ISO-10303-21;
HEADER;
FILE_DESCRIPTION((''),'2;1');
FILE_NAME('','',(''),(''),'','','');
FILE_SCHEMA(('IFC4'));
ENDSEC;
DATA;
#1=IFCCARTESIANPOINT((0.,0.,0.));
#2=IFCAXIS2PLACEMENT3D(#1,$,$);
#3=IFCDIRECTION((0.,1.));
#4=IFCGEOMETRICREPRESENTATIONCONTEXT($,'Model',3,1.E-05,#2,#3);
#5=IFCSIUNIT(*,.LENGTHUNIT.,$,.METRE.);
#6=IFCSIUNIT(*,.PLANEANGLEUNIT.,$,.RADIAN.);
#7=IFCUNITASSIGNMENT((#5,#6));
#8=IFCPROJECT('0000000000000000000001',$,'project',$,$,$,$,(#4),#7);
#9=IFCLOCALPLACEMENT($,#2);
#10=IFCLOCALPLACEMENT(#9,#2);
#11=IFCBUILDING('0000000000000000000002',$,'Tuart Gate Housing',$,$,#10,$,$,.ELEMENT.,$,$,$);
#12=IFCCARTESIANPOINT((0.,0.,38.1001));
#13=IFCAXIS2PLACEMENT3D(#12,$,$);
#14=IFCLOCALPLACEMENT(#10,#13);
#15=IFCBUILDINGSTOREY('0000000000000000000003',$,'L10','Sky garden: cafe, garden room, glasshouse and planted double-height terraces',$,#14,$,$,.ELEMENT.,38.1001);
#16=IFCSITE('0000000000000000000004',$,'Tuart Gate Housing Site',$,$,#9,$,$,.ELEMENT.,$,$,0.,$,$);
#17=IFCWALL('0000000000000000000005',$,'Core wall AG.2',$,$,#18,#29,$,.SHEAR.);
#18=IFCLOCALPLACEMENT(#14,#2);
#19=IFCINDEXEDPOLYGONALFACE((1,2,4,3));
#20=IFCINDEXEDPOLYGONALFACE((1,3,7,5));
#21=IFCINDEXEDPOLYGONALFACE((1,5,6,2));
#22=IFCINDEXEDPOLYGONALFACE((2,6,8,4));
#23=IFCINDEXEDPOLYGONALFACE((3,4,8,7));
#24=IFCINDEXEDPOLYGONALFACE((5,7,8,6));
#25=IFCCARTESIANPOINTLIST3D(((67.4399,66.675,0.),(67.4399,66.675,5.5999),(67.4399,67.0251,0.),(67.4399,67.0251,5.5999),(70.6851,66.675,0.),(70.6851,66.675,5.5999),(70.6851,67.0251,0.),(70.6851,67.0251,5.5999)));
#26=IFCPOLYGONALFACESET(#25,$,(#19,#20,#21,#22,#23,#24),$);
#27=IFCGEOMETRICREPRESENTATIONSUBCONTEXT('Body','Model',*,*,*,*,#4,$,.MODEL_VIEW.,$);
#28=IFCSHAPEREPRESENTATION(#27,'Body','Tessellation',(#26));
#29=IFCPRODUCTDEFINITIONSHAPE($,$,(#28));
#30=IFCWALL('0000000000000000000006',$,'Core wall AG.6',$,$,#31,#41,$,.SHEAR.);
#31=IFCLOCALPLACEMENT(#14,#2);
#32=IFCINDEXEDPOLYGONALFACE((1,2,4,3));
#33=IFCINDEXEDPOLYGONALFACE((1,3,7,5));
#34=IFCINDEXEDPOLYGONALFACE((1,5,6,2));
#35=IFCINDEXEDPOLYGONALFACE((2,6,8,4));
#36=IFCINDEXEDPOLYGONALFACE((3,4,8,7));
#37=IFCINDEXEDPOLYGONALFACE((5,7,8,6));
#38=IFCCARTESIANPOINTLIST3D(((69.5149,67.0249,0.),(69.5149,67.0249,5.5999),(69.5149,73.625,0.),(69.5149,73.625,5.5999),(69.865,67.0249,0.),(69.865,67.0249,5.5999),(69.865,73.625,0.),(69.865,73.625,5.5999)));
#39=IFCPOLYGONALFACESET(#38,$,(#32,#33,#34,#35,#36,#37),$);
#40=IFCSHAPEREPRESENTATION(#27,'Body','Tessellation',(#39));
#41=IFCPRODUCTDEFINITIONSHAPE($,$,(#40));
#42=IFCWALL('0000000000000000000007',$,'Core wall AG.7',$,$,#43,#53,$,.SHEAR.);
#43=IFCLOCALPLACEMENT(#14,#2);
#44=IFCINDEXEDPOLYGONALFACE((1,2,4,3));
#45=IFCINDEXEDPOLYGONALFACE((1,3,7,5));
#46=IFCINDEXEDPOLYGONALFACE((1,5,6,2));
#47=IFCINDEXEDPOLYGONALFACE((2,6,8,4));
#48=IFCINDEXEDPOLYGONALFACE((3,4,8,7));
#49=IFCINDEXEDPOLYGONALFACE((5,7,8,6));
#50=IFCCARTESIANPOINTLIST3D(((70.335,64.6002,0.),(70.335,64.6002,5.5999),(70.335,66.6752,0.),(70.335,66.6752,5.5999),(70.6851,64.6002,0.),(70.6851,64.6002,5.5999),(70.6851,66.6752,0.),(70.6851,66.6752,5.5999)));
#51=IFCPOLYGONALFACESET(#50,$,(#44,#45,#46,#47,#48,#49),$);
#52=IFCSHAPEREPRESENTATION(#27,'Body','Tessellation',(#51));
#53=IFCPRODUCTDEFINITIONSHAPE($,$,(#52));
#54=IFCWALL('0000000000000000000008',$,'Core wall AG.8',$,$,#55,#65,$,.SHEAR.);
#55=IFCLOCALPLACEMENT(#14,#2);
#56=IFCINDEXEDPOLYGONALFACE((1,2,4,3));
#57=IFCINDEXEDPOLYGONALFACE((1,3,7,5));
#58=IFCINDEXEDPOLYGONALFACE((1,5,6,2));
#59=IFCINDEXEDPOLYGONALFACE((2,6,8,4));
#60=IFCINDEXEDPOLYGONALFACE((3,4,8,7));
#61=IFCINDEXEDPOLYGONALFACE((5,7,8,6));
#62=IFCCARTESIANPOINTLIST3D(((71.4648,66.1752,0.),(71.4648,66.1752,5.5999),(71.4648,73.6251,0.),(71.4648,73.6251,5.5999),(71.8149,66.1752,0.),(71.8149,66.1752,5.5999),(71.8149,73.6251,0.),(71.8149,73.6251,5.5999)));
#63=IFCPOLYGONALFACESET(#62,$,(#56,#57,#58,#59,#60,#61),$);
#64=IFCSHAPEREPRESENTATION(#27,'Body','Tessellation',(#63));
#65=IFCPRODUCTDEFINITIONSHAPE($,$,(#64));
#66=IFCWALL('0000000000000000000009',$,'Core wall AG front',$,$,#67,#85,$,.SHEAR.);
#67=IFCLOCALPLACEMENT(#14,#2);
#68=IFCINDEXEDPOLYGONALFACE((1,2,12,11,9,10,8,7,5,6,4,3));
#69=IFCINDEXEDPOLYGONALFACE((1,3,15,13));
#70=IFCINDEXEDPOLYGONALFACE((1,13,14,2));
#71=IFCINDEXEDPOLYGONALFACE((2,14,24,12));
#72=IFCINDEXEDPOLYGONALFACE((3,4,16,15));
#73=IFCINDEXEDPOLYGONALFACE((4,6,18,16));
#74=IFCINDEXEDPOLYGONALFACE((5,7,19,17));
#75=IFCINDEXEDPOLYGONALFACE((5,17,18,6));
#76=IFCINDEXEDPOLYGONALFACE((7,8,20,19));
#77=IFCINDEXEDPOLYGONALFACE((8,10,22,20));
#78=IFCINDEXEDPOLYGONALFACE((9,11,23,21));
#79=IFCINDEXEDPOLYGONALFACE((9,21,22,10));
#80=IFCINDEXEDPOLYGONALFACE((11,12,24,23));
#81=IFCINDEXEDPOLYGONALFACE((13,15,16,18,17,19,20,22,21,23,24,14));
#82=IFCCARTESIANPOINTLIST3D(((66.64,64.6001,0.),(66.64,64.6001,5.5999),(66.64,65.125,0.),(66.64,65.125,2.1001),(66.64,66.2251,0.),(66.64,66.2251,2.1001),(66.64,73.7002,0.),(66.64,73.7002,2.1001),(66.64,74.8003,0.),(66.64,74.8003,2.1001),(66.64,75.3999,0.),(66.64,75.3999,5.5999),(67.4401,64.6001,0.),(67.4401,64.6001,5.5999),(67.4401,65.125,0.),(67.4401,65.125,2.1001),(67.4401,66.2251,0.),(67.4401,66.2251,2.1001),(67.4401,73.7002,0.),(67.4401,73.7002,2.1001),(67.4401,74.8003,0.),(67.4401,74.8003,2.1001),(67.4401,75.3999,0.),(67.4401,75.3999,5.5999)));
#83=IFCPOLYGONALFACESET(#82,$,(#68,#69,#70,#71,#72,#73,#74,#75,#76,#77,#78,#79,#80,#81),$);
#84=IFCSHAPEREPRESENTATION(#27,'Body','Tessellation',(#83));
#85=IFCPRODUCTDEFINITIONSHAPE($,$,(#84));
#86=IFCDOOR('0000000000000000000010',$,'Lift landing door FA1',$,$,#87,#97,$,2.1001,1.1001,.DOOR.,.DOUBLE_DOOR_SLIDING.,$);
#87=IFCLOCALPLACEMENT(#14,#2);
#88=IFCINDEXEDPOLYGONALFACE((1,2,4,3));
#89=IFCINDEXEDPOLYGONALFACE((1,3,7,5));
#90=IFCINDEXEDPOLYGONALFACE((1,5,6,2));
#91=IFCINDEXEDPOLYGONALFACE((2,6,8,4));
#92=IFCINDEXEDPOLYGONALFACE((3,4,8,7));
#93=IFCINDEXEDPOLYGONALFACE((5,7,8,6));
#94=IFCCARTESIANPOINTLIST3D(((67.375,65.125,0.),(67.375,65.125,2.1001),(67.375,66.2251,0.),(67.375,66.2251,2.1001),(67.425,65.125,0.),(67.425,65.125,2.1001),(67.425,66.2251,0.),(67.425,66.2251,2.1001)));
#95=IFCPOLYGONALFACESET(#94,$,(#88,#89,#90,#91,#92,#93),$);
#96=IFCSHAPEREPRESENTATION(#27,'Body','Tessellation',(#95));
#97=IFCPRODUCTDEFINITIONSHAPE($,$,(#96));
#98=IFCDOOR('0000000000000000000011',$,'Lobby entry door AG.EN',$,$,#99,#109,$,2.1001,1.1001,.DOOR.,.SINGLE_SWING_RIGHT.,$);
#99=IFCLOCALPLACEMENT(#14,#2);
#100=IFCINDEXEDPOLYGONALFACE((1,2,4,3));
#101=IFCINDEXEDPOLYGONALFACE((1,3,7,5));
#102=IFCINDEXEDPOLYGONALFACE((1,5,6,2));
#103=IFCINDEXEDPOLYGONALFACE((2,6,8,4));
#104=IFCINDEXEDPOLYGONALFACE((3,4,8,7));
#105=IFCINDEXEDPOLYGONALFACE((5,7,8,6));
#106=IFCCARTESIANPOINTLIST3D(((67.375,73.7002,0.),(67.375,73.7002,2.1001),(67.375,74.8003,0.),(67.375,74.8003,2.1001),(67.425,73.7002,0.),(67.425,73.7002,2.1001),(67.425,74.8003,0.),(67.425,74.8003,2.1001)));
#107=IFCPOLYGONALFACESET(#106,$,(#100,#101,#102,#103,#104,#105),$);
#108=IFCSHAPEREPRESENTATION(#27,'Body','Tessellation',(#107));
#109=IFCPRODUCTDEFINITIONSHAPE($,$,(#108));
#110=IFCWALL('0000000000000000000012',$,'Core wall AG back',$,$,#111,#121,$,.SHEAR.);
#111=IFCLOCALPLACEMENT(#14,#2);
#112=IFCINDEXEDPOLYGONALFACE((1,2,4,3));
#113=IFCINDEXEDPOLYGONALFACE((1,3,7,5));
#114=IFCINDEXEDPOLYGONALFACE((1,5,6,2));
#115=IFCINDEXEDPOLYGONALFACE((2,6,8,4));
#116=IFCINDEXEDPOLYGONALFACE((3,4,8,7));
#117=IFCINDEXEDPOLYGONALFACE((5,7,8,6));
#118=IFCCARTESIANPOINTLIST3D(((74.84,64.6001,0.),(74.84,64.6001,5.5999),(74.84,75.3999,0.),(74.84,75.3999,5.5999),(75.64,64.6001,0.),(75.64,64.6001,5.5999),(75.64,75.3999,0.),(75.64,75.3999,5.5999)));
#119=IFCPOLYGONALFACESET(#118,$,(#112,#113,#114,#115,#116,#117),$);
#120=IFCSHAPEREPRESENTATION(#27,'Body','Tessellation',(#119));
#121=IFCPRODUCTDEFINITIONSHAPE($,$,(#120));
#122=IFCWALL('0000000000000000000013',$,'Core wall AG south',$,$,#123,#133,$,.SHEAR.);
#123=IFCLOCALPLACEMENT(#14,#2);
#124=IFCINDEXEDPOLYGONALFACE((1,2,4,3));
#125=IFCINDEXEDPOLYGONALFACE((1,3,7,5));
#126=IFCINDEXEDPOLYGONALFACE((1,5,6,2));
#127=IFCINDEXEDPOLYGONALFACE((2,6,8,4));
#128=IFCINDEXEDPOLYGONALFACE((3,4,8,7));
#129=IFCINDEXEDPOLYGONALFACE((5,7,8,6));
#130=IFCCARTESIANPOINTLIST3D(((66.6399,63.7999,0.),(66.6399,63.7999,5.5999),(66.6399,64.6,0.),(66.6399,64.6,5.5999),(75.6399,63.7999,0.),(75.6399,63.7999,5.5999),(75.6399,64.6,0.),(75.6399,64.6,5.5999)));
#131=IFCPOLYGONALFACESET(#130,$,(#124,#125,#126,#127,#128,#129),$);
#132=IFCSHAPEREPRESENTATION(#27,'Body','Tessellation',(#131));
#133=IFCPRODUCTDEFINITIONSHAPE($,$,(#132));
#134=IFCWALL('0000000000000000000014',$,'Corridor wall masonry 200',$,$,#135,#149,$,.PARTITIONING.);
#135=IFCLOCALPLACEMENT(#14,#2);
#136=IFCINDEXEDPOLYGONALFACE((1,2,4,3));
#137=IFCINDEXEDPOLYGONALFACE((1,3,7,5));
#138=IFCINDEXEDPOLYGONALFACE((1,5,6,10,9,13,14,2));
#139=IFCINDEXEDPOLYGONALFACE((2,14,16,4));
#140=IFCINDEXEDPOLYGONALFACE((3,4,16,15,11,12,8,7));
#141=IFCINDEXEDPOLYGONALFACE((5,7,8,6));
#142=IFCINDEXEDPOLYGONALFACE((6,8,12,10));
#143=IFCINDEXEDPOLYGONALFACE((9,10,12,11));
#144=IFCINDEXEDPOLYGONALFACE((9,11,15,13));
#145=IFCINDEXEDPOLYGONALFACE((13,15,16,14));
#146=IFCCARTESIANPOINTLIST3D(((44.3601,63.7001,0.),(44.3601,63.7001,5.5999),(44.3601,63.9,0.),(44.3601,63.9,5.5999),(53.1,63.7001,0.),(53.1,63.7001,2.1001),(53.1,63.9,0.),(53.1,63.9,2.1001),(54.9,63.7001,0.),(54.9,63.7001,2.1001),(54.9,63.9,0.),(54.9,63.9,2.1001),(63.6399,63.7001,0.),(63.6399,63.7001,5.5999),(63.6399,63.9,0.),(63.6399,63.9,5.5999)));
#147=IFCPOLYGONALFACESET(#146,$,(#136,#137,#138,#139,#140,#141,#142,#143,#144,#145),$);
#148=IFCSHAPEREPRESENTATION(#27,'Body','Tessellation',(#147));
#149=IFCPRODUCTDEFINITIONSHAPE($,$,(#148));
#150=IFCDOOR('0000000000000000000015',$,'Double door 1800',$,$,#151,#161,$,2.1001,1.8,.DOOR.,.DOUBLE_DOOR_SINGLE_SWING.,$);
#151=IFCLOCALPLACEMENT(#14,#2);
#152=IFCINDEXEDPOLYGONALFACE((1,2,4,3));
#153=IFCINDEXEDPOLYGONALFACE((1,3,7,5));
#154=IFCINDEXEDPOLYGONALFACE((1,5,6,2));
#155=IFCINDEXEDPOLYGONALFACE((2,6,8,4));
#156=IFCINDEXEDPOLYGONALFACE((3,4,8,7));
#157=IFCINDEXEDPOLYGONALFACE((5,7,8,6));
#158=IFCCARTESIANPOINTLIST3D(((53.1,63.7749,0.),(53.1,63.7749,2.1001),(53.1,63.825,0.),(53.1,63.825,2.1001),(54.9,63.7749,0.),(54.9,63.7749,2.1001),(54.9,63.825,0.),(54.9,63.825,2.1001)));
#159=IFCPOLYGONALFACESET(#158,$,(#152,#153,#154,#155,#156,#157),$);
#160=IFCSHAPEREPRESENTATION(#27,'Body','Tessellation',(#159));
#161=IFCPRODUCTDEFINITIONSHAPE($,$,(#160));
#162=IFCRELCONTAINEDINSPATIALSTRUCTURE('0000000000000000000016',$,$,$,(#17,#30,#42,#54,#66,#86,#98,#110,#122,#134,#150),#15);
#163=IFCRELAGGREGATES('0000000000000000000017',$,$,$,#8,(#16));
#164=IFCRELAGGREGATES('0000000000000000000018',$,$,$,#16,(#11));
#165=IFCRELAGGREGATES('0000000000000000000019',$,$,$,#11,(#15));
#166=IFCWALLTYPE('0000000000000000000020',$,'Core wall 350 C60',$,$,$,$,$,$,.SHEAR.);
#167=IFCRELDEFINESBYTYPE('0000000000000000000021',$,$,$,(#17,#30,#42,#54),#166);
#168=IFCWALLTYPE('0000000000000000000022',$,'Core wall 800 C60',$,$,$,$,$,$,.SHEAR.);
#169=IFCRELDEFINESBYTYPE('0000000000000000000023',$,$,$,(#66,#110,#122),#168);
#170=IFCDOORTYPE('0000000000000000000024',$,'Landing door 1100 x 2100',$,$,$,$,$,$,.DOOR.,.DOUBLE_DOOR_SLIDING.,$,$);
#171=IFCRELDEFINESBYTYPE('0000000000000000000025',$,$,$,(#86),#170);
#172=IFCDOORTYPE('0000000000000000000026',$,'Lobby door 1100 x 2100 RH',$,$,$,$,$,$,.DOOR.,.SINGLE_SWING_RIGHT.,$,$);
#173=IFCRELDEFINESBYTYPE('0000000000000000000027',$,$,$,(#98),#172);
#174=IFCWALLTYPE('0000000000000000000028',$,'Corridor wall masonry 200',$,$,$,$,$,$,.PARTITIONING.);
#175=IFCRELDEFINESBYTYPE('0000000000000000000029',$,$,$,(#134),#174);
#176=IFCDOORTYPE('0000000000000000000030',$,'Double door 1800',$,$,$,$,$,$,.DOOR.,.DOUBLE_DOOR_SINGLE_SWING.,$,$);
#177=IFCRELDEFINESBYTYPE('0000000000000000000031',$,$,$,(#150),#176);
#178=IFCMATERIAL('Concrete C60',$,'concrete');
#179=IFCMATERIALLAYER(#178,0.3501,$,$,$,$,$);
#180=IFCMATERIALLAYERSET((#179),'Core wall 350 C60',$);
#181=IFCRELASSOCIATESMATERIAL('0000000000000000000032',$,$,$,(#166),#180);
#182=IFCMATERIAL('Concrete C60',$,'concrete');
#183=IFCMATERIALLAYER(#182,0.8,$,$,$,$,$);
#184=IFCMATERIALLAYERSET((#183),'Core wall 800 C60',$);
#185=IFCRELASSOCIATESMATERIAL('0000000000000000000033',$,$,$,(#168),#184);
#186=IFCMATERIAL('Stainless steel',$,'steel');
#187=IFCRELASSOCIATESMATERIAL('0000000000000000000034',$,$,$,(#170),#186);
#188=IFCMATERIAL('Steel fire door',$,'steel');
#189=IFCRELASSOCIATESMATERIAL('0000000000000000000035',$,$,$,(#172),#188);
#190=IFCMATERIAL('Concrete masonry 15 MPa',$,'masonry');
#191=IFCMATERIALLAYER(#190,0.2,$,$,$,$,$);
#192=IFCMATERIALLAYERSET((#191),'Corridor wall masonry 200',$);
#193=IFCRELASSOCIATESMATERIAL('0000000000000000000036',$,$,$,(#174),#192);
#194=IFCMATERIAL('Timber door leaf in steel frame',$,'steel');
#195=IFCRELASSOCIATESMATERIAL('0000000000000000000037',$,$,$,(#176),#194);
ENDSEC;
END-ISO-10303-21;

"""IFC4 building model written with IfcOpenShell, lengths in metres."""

from ifc_helpers import new_model, si_unit, direction, frame, frame_2d, origin, place, context, subcontext, project, spatial, rectangle, extrude, material, layer, layer_set, type_object, element, fill, save


model = new_model("IFC4")

# Units and contexts
model_context = context("Model", 3, precision=1e-05, world=origin(), true_north=direction((0.0, 1.0)))
body_context = subcontext(model_context, "Body", "Model", "MODEL_VIEW")
ifc_project = project(units=[si_unit("LENGTHUNIT", "METRE"), si_unit("PLANEANGLEUNIT", "RADIAN")], contexts=[model_context])

# Site, building, storey
site_placement = place(None, origin())
site = spatial("IfcSite", under=ifc_project, at=site_placement, Name="Tuart Gate Housing Site", CompositionType="ELEMENT", RefElevation=0.0)
building_placement = place(site_placement, origin())
building = spatial("IfcBuilding", under=site, at=building_placement, Name="Tuart Gate Housing", CompositionType="ELEMENT")
storey_placement = place(building_placement, frame((0.0, 0.0, 38.1001)))
storey = spatial("IfcBuildingStorey", under=building, at=storey_placement, Name="L10", Description="Sky garden: cafe, garden room, glasshouse and planted double-height terraces", CompositionType="ELEMENT", Elevation=38.1001)

# Walls
ifc_material_1 = material(Name="Concrete C60", Category="concrete")
ifc_layer_1 = layer(ifc_material_1, 0.3501)
ifc_layer_set_1 = layer_set([ifc_layer_1], Name="Core wall 350 C60")
wall_type_1 = type_object("IfcWallType", Name="Core wall 350 C60", PredefinedType="SHEAR", material=ifc_layer_set_1)
wall_1_placement = place(storey_placement, frame((67.4399, 66.8501, 0.0), z_axis=(0.0, 0.0, 1.0), x_axis=(1.0, 0.0, 0.0)))
element("IfcWall", 1, at=wall_1_placement, inside=storey, type_object=wall_type_1, Name="Core wall AG.2", PredefinedType="SHEAR", context=body_context, shape_type="SweptSolid", body=[
    extrude(rectangle(XDim=3.2451, YDim=0.3501, at=frame_2d((1.6226, 0.0))), origin(), (0.0, 0.0, 1.0), 5.5999),
])
wall_2_placement = place(storey_placement, frame((69.6899, 67.0249, 0.0), z_axis=(0.0, 0.0, 1.0), x_axis=(0.0, 1.0, 0.0)))
element("IfcWall", 2, at=wall_2_placement, inside=storey, type_object=wall_type_1, Name="Core wall AG.6", PredefinedType="SHEAR", context=body_context, shape_type="SweptSolid", body=[
    extrude(rectangle(XDim=6.6001, YDim=0.3501, at=frame_2d((3.3, 0.0))), origin(), (0.0, 0.0, 1.0), 5.5999),
])
wall_3_placement = place(storey_placement, frame((70.51, 64.6001, 0.0), z_axis=(0.0, 0.0, 1.0), x_axis=(0.0, 1.0, 0.0)))
element("IfcWall", 3, at=wall_3_placement, inside=storey, type_object=wall_type_1, Name="Core wall AG.7", PredefinedType="SHEAR", context=body_context, shape_type="SweptSolid", body=[
    extrude(rectangle(XDim=2.075, YDim=0.3501, at=frame_2d((1.0376, 0.0))), origin(), (0.0, 0.0, 1.0), 5.5999),
])
wall_4_placement = place(storey_placement, frame((71.6399, 66.175, 0.0), z_axis=(0.0, 0.0, 1.0), x_axis=(0.0, 1.0, 0.0)))
element("IfcWall", 4, at=wall_4_placement, inside=storey, type_object=wall_type_1, Name="Core wall AG.8", PredefinedType="SHEAR", context=body_context, shape_type="SweptSolid", body=[
    extrude(rectangle(XDim=7.45, YDim=0.3501, at=frame_2d((3.7251, 0.0))), origin(), (0.0, 0.0, 1.0), 5.5999),
])

# Wall, openings, doors
ifc_material_2 = material(Name="Concrete C60", Category="concrete")
ifc_layer_2 = layer(ifc_material_2, 0.8)
ifc_layer_set_2 = layer_set([ifc_layer_2], Name="Core wall 800 C60")
wall_type_2 = type_object("IfcWallType", Name="Core wall 800 C60", PredefinedType="SHEAR", material=ifc_layer_set_2)
wall_5_placement = place(storey_placement, frame((67.04, 64.6001, 0.0), z_axis=(0.0, 0.0, 1.0), x_axis=(0.0, 1.0, 0.0)))
wall_5 = element("IfcWall", 5, at=wall_5_placement, inside=storey, type_object=wall_type_2, Name="Core wall AG front", PredefinedType="SHEAR", context=body_context, shape_type="SweptSolid", body=[
    extrude(rectangle(XDim=10.7998, YDim=0.8, at=frame_2d((5.3999, 0.0))), origin(), (0.0, 0.0, 1.0), 5.5999),
])
opening_1_placement = place(wall_5_placement, frame((0.5249, 0.0, 0.0)))
opening_1 = element("IfcOpeningElement", 6, at=opening_1_placement, cuts=wall_5, PredefinedType="OPENING", context=body_context, shape_type="SweptSolid", body=[
    extrude(rectangle(XDim=1.1001, YDim=2.1001, at=frame_2d((0.55, 1.05))), frame((0.0, 0.4099, 0.0), z_axis=(0.0, -1.0, 0.0), x_axis=(1.0, 0.0, 0.0)), (0.0, 0.0, 1.0), 0.8201),
])
opening_2_placement = place(wall_5_placement, frame((9.1001, 0.0, 0.0)))
opening_2 = element("IfcOpeningElement", 7, at=opening_2_placement, cuts=wall_5, PredefinedType="OPENING", context=body_context, shape_type="SweptSolid", body=[
    extrude(rectangle(XDim=1.1001, YDim=2.1001, at=frame_2d((0.55, 1.05))), frame((0.0, 0.4099, 0.0), z_axis=(0.0, -1.0, 0.0), x_axis=(1.0, 0.0, 0.0)), (0.0, 0.0, 1.0), 0.8201),
])
ifc_material_3 = material(Name="Stainless steel", Category="steel")
door_type_1 = type_object("IfcDoorType", Name="Landing door 1100 x 2100", OperationType="DOUBLE_DOOR_SLIDING", PredefinedType="DOOR", material=ifc_material_3)
door_1_placement = place(opening_1_placement, origin())
door_1 = element("IfcDoor", 8, at=door_1_placement, inside=storey, type_object=door_type_1, Name="Lift landing door FA1", OperationType="DOUBLE_DOOR_SLIDING", OverallHeight=2.1001, OverallWidth=1.1001, PredefinedType="DOOR", context=body_context, shape_type="SweptSolid", body=[
    extrude(rectangle(XDim=1.1001, YDim=2.1001, at=frame_2d((0.55, 1.05))), frame((0.0, -0.335, 0.0), z_axis=(0.0, -1.0, 0.0), x_axis=(1.0, 0.0, 0.0)), (0.0, 0.0, 1.0), 0.05),
])
fill(opening_1, door_1)
ifc_material_4 = material(Name="Steel fire door", Category="steel")
door_type_2 = type_object("IfcDoorType", Name="Lobby door 1100 x 2100 RH", OperationType="SINGLE_SWING_RIGHT", PredefinedType="DOOR", material=ifc_material_4)
door_2_placement = place(opening_2_placement, frame((1.1001, 0.0, 0.0), z_axis=(0.0, 0.0, 1.0), x_axis=(-1.0, 0.0, 0.0)))
door_2 = element("IfcDoor", 9, at=door_2_placement, inside=storey, type_object=door_type_2, Name="Lobby entry door AG.EN", OperationType="SINGLE_SWING_RIGHT", OverallHeight=2.1001, OverallWidth=1.1001, PredefinedType="DOOR", context=body_context, shape_type="SweptSolid", body=[
    extrude(rectangle(XDim=1.1001, YDim=2.1001, at=frame_2d((0.55, 1.05))), frame((0.0, 0.385, 0.0), z_axis=(0.0, -1.0, 0.0), x_axis=(1.0, 0.0, 0.0)), (0.0, 0.0, 1.0), 0.05),
])
fill(opening_2, door_2)

# Walls
wall_6_placement = place(storey_placement, frame((75.24, 64.6001, 0.0), z_axis=(0.0, 0.0, 1.0), x_axis=(0.0, 1.0, 0.0)))
element("IfcWall", 10, at=wall_6_placement, inside=storey, type_object=wall_type_2, Name="Core wall AG back", PredefinedType="SHEAR", context=body_context, shape_type="SweptSolid", body=[
    extrude(rectangle(XDim=10.7998, YDim=0.8, at=frame_2d((5.3999, 0.0))), origin(), (0.0, 0.0, 1.0), 5.5999),
])
wall_7_placement = place(storey_placement, frame((66.6399, 64.2, 0.0), z_axis=(0.0, 0.0, 1.0), x_axis=(1.0, 0.0, 0.0)))
element("IfcWall", 11, at=wall_7_placement, inside=storey, type_object=wall_type_2, Name="Core wall AG south", PredefinedType="SHEAR", context=body_context, shape_type="SweptSolid", body=[
    extrude(rectangle(XDim=9.0, YDim=0.8, at=frame_2d((4.5, 0.0))), origin(), (0.0, 0.0, 1.0), 5.5999),
])

# Wall, opening, door
ifc_material_5 = material(Name="Concrete masonry 15 MPa", Category="masonry")
ifc_layer_3 = layer(ifc_material_5, 0.2)
ifc_layer_set_3 = layer_set([ifc_layer_3], Name="Corridor wall masonry 200")
wall_type_3 = type_object("IfcWallType", Name="Corridor wall masonry 200", PredefinedType="PARTITIONING", material=ifc_layer_set_3)
wall_8_placement = place(storey_placement, frame((44.3601, 63.8, 0.0), z_axis=(0.0, 0.0, 1.0), x_axis=(1.0, 0.0, 0.0)))
wall_8 = element("IfcWall", 12, at=wall_8_placement, inside=storey, type_object=wall_type_3, Name="Corridor wall masonry 200", PredefinedType="PARTITIONING", context=body_context, shape_type="SweptSolid", body=[
    extrude(rectangle(XDim=19.2798, YDim=0.2, at=frame_2d((9.6399, 0.0))), origin(), (0.0, 0.0, 1.0), 5.5999),
])
opening_3_placement = place(wall_8_placement, frame((8.74, 0.0, 0.0)))
opening_3 = element("IfcOpeningElement", 13, at=opening_3_placement, cuts=wall_8, PredefinedType="OPENING", context=body_context, shape_type="SweptSolid", body=[
    extrude(rectangle(XDim=1.8, YDim=2.1001, at=frame_2d((0.8999, 1.05))), frame((0.0, 0.1099, 0.0), z_axis=(0.0, -1.0, 0.0), x_axis=(1.0, 0.0, 0.0)), (0.0, 0.0, 1.0), 0.22),
])
ifc_material_6 = material(Name="Timber door leaf in steel frame", Category="steel")
door_type_3 = type_object("IfcDoorType", Name="Double door 1800", OperationType="DOUBLE_DOOR_SINGLE_SWING", PredefinedType="DOOR", material=ifc_material_6)
door_3_placement = place(opening_3_placement, origin())
door_3 = element("IfcDoor", 14, at=door_3_placement, inside=storey, type_object=door_type_3, Name="Double door 1800", OperationType="DOUBLE_DOOR_SINGLE_SWING", OverallHeight=2.1001, OverallWidth=1.8, PredefinedType="DOOR", context=body_context, shape_type="SweptSolid", body=[
    extrude(rectangle(XDim=1.8, YDim=2.1001, at=frame_2d((0.8999, 1.05))), frame((0.0, 0.0249, 0.0), z_axis=(0.0, -1.0, 0.0), x_axis=(1.0, 0.0, 0.0)), (0.0, 0.0, 1.0), 0.05),
])
fill(opening_3, door_3)

save(model, "model.ifc")
